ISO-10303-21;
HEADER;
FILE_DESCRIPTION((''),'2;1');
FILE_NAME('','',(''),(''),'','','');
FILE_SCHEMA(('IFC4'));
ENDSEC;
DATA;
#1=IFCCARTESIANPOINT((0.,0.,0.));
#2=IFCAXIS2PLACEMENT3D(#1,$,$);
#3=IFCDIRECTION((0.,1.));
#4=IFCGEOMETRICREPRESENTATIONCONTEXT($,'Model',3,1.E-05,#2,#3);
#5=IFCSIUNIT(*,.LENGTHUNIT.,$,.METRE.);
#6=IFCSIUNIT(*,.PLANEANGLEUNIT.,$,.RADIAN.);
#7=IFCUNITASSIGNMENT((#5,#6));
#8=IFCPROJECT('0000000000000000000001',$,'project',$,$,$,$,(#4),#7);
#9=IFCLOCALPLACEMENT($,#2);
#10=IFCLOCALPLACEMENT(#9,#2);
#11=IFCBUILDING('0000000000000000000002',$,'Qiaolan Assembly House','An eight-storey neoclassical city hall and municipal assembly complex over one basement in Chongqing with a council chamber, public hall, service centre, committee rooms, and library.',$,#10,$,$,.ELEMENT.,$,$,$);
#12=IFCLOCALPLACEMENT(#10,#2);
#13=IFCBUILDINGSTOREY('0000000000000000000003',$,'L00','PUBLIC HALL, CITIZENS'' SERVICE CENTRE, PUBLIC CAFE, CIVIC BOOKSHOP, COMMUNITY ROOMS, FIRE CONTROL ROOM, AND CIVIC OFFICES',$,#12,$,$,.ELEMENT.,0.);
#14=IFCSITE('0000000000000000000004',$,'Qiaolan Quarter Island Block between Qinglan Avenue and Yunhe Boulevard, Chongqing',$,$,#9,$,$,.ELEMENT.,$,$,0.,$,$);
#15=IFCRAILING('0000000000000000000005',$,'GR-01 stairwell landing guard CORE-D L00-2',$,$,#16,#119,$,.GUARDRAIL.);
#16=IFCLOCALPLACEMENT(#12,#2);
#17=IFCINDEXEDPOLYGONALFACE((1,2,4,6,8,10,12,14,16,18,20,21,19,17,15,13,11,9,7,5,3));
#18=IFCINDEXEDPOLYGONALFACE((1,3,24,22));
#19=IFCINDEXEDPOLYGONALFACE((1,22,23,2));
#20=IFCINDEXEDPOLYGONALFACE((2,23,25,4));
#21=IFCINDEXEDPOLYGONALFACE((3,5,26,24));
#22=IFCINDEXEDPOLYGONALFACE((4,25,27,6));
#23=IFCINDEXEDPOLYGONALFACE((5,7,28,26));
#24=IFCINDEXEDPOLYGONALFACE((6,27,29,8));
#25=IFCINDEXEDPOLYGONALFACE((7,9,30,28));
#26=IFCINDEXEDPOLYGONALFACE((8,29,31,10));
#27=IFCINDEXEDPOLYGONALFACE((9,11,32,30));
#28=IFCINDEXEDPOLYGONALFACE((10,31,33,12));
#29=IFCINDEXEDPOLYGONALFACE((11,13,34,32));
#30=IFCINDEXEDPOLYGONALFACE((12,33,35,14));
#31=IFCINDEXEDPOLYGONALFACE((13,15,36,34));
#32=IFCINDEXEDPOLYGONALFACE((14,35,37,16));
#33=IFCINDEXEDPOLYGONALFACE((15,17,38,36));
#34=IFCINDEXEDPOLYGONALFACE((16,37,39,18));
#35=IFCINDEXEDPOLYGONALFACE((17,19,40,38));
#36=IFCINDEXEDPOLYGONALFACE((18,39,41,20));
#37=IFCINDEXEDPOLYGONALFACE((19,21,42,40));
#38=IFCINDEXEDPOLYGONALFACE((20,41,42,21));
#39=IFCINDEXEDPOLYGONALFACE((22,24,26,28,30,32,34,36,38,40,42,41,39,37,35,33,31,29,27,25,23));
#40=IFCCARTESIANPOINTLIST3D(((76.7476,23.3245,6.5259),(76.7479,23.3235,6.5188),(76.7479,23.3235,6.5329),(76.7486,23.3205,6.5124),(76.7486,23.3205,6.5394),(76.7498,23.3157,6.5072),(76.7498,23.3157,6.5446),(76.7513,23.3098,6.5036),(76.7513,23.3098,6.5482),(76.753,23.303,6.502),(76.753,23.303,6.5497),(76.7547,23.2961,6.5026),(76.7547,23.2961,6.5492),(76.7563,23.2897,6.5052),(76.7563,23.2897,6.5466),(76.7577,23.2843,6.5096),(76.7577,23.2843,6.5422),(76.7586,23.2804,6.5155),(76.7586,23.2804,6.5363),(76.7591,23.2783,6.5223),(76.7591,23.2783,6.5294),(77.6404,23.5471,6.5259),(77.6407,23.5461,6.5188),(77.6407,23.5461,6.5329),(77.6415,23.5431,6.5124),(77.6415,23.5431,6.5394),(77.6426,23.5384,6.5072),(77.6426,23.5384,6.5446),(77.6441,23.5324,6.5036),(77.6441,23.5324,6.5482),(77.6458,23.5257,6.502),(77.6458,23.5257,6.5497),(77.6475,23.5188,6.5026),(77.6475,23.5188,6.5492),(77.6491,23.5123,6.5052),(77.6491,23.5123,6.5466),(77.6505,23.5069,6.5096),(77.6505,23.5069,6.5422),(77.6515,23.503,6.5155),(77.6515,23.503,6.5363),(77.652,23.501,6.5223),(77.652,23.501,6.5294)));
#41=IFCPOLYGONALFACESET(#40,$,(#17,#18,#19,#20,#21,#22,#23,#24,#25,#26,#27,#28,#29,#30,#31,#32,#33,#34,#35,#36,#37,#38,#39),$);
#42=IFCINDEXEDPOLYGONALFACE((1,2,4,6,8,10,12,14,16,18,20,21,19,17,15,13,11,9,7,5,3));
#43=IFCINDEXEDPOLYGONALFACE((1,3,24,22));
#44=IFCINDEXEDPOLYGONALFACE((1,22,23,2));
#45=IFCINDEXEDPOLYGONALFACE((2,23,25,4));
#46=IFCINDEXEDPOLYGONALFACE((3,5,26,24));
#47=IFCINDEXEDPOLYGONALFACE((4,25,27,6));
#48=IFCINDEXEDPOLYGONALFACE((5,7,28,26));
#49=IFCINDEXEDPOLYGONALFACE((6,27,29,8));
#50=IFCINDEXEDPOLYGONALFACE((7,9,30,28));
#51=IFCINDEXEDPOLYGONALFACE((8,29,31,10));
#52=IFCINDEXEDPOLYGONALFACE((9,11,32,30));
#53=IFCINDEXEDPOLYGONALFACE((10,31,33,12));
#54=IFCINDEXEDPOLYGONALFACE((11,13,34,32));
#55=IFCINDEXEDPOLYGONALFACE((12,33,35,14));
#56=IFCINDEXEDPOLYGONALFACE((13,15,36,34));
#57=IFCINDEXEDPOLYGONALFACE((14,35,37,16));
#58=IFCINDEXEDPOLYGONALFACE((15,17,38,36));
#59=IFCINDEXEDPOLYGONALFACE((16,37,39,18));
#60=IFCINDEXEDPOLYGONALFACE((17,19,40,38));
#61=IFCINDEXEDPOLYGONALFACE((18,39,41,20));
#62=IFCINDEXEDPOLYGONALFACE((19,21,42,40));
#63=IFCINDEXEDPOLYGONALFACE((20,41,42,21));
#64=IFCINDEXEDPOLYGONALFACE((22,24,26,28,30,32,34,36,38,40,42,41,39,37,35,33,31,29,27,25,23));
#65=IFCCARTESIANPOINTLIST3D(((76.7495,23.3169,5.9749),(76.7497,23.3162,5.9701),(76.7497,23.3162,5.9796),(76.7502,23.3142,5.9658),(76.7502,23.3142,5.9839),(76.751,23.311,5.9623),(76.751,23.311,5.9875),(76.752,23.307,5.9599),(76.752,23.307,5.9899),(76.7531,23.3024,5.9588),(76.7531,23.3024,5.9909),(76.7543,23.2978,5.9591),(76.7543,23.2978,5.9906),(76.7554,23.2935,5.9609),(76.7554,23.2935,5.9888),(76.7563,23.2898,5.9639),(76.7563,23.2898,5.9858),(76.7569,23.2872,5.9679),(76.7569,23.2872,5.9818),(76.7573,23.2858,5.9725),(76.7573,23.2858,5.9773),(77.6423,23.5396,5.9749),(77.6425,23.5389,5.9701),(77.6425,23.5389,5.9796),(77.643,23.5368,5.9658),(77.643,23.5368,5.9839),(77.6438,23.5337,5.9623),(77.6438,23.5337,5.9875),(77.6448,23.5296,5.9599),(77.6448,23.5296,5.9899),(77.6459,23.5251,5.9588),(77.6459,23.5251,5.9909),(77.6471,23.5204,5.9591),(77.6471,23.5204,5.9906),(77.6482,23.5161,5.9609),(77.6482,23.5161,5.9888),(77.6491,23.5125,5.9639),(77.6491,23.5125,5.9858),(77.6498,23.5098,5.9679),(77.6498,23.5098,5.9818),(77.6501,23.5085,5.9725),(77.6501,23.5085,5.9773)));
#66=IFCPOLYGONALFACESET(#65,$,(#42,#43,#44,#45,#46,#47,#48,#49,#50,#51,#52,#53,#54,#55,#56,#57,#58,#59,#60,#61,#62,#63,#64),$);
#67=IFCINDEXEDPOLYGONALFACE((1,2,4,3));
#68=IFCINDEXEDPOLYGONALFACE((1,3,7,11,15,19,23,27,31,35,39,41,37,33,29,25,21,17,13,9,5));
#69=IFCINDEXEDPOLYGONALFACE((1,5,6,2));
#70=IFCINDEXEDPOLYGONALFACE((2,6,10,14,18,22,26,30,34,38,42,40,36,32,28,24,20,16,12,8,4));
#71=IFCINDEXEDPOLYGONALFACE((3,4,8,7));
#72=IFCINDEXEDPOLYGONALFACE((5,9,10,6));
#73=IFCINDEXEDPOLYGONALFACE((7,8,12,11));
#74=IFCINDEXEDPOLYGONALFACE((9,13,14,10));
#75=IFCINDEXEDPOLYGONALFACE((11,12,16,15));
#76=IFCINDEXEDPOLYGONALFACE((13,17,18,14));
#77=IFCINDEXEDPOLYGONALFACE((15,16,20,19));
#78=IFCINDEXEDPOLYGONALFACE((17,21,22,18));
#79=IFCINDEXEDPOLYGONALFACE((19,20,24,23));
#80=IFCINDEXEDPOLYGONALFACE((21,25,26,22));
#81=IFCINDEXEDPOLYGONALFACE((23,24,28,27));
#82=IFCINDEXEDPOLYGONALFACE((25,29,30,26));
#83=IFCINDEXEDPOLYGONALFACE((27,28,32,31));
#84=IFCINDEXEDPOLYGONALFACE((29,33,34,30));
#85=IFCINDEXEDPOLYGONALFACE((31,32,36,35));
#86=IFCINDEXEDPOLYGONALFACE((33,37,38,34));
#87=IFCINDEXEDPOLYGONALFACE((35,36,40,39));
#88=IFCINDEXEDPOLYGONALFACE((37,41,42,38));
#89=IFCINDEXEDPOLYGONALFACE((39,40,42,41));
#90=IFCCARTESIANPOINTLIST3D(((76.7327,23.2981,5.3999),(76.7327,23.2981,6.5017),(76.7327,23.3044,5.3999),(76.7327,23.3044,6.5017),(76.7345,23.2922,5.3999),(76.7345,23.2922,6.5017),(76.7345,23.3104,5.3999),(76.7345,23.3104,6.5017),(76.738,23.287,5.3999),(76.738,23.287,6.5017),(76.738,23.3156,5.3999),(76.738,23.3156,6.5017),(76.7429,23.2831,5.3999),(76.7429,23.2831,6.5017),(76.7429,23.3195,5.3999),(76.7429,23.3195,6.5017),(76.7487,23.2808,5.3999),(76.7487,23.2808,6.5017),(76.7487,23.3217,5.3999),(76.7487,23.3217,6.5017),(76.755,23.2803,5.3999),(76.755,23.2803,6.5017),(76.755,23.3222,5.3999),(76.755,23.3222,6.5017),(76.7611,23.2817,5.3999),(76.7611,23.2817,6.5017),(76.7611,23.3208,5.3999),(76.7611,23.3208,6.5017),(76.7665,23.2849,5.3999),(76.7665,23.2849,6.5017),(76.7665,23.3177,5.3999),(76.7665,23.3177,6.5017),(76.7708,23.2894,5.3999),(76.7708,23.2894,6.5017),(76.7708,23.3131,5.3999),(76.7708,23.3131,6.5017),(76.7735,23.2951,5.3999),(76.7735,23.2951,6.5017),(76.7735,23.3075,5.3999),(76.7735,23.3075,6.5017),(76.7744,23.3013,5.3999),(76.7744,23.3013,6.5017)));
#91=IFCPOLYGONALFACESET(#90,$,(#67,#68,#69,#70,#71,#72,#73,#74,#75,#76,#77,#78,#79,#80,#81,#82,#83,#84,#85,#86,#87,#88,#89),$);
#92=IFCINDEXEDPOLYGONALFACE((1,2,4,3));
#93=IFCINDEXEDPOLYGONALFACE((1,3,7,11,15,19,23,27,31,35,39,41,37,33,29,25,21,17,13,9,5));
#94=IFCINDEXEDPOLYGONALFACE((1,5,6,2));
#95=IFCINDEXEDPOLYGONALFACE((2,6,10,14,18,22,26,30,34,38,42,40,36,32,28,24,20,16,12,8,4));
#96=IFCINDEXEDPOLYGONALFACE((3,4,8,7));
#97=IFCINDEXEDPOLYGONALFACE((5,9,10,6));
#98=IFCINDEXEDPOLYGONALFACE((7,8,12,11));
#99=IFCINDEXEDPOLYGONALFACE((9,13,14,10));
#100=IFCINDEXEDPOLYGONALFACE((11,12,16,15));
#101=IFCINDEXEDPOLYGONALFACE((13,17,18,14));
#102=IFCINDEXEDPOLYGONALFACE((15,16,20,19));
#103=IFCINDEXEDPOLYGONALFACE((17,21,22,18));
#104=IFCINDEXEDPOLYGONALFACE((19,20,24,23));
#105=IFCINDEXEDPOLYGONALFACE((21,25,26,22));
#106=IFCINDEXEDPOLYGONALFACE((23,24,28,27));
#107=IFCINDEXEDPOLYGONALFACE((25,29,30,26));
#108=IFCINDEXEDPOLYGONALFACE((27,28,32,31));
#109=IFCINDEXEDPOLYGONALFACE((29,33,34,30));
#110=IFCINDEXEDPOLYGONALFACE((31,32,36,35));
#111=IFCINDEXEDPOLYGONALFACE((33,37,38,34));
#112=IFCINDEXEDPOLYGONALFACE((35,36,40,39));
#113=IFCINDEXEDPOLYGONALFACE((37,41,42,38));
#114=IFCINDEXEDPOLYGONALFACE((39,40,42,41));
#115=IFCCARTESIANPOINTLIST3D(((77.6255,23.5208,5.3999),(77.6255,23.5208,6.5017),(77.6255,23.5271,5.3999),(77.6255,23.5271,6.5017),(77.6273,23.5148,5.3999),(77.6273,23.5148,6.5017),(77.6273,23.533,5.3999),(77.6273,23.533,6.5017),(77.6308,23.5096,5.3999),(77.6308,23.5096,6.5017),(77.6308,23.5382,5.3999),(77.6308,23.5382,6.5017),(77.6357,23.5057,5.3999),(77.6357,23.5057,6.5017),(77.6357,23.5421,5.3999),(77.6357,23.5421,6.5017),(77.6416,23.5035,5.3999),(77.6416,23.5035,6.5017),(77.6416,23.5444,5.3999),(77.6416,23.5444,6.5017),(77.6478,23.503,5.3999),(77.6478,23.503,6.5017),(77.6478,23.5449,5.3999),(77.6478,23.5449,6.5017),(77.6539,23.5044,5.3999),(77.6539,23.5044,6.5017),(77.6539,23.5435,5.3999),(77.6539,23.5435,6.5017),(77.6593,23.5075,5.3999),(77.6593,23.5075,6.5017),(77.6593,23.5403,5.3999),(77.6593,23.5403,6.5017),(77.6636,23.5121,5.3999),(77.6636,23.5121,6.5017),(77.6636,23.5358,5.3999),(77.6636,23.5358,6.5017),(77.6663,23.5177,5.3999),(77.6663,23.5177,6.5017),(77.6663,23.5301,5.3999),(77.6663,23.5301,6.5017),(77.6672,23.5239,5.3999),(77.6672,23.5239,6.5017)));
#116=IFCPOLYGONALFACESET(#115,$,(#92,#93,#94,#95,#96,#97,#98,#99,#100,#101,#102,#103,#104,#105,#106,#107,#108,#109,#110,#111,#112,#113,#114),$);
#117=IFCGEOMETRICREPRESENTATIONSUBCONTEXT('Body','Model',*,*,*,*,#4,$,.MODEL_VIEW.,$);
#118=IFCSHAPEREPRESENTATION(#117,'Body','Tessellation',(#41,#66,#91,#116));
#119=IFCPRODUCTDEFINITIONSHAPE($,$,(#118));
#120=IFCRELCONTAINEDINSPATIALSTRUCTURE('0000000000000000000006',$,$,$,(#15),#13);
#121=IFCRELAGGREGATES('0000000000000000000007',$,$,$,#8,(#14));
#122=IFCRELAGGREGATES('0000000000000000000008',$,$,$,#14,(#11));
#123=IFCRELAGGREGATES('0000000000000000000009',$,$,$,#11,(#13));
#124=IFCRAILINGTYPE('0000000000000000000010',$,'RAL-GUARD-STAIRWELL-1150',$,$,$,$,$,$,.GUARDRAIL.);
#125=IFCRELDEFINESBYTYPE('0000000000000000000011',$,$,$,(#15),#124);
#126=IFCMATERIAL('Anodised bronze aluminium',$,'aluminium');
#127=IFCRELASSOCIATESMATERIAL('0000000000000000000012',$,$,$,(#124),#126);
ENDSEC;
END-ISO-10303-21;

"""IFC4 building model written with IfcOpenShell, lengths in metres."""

from ifc_helpers import new_model, si_unit, direction, frame, origin, origin_2d, place, context, subcontext, project, spatial, circle, extrude, material, type_object, element, save


model = new_model("IFC4")

# Units and contexts
model_context = context("Model", 3, precision=1e-05, world=origin(), true_north=direction((0.0, 1.0)))
body_context = subcontext(model_context, "Body", "Model", "MODEL_VIEW")
ifc_project = project(units=[si_unit("LENGTHUNIT", "METRE"), si_unit("PLANEANGLEUNIT", "RADIAN")], contexts=[model_context])

# Site, building, storey
site_placement = place(None, origin())
site = spatial("IfcSite", under=ifc_project, at=site_placement, Name="Qiaolan Quarter Island Block between Qinglan Avenue and Yunhe Boulevard, Chongqing", CompositionType="ELEMENT", RefElevation=0.0)
building_placement = place(site_placement, origin())
building = spatial("IfcBuilding", under=site, at=building_placement, Name="Qiaolan Assembly House", Description="An eight-storey neoclassical city hall and municipal assembly complex over one basement in Chongqing with a council chamber, public hall, service centre, committee rooms, and library.", CompositionType="ELEMENT")
storey_placement = place(building_placement, origin())
storey = spatial("IfcBuildingStorey", under=building, at=storey_placement, Name="L00", Description="PUBLIC HALL, CITIZENS' SERVICE CENTRE, PUBLIC CAFE, CIVIC BOOKSHOP, COMMUNITY ROOMS, FIRE CONTROL ROOM, AND CIVIC OFFICES", CompositionType="ELEMENT", Elevation=0.0)

# Shared definitions
ifc_material_1 = material(Name="Anodised bronze aluminium", Category="aluminium")

# Railing
railing_type_1 = type_object("IfcRailingType", Name="RAL-GUARD-STAIRWELL-1150", PredefinedType="GUARDRAIL", material=ifc_material_1)
railing_1_placement = place(storey_placement, frame((76.7534, 23.3013, 5.3999)))
element("IfcRailing", 1, at=railing_1_placement, inside=storey, type_object=railing_type_1, Name="GR-01 stairwell landing guard CORE-D L00-2", PredefinedType="GUARDRAIL", context=body_context, shape_type="SweptSolid", body=[
    extrude(circle(Radius=0.0239, at=origin_2d()), frame((0.0, 0.0, 1.126), z_axis=(0.970283, 0.241974, 0.0), x_axis=(-0.241974, 0.970283, 0.0)), (0.0, 0.0, 1.0), 0.9202),
    extrude(circle(Radius=0.0161, at=origin_2d()), frame((0.0, 0.0, 0.575), z_axis=(0.970283, 0.241974, 0.0), x_axis=(-0.241974, 0.970283, 0.0)), (0.0, 0.0, 1.0), 0.9202),
    extrude(circle(Radius=0.021, at=origin_2d()), origin(), (0.0, 0.0, 1.0), 1.1018),
    extrude(circle(Radius=0.021, at=origin_2d()), frame((0.8928, 0.2227, 0.0)), (0.0, 0.0, 1.0), 1.1018),
])

save(model, "model.ifc")
